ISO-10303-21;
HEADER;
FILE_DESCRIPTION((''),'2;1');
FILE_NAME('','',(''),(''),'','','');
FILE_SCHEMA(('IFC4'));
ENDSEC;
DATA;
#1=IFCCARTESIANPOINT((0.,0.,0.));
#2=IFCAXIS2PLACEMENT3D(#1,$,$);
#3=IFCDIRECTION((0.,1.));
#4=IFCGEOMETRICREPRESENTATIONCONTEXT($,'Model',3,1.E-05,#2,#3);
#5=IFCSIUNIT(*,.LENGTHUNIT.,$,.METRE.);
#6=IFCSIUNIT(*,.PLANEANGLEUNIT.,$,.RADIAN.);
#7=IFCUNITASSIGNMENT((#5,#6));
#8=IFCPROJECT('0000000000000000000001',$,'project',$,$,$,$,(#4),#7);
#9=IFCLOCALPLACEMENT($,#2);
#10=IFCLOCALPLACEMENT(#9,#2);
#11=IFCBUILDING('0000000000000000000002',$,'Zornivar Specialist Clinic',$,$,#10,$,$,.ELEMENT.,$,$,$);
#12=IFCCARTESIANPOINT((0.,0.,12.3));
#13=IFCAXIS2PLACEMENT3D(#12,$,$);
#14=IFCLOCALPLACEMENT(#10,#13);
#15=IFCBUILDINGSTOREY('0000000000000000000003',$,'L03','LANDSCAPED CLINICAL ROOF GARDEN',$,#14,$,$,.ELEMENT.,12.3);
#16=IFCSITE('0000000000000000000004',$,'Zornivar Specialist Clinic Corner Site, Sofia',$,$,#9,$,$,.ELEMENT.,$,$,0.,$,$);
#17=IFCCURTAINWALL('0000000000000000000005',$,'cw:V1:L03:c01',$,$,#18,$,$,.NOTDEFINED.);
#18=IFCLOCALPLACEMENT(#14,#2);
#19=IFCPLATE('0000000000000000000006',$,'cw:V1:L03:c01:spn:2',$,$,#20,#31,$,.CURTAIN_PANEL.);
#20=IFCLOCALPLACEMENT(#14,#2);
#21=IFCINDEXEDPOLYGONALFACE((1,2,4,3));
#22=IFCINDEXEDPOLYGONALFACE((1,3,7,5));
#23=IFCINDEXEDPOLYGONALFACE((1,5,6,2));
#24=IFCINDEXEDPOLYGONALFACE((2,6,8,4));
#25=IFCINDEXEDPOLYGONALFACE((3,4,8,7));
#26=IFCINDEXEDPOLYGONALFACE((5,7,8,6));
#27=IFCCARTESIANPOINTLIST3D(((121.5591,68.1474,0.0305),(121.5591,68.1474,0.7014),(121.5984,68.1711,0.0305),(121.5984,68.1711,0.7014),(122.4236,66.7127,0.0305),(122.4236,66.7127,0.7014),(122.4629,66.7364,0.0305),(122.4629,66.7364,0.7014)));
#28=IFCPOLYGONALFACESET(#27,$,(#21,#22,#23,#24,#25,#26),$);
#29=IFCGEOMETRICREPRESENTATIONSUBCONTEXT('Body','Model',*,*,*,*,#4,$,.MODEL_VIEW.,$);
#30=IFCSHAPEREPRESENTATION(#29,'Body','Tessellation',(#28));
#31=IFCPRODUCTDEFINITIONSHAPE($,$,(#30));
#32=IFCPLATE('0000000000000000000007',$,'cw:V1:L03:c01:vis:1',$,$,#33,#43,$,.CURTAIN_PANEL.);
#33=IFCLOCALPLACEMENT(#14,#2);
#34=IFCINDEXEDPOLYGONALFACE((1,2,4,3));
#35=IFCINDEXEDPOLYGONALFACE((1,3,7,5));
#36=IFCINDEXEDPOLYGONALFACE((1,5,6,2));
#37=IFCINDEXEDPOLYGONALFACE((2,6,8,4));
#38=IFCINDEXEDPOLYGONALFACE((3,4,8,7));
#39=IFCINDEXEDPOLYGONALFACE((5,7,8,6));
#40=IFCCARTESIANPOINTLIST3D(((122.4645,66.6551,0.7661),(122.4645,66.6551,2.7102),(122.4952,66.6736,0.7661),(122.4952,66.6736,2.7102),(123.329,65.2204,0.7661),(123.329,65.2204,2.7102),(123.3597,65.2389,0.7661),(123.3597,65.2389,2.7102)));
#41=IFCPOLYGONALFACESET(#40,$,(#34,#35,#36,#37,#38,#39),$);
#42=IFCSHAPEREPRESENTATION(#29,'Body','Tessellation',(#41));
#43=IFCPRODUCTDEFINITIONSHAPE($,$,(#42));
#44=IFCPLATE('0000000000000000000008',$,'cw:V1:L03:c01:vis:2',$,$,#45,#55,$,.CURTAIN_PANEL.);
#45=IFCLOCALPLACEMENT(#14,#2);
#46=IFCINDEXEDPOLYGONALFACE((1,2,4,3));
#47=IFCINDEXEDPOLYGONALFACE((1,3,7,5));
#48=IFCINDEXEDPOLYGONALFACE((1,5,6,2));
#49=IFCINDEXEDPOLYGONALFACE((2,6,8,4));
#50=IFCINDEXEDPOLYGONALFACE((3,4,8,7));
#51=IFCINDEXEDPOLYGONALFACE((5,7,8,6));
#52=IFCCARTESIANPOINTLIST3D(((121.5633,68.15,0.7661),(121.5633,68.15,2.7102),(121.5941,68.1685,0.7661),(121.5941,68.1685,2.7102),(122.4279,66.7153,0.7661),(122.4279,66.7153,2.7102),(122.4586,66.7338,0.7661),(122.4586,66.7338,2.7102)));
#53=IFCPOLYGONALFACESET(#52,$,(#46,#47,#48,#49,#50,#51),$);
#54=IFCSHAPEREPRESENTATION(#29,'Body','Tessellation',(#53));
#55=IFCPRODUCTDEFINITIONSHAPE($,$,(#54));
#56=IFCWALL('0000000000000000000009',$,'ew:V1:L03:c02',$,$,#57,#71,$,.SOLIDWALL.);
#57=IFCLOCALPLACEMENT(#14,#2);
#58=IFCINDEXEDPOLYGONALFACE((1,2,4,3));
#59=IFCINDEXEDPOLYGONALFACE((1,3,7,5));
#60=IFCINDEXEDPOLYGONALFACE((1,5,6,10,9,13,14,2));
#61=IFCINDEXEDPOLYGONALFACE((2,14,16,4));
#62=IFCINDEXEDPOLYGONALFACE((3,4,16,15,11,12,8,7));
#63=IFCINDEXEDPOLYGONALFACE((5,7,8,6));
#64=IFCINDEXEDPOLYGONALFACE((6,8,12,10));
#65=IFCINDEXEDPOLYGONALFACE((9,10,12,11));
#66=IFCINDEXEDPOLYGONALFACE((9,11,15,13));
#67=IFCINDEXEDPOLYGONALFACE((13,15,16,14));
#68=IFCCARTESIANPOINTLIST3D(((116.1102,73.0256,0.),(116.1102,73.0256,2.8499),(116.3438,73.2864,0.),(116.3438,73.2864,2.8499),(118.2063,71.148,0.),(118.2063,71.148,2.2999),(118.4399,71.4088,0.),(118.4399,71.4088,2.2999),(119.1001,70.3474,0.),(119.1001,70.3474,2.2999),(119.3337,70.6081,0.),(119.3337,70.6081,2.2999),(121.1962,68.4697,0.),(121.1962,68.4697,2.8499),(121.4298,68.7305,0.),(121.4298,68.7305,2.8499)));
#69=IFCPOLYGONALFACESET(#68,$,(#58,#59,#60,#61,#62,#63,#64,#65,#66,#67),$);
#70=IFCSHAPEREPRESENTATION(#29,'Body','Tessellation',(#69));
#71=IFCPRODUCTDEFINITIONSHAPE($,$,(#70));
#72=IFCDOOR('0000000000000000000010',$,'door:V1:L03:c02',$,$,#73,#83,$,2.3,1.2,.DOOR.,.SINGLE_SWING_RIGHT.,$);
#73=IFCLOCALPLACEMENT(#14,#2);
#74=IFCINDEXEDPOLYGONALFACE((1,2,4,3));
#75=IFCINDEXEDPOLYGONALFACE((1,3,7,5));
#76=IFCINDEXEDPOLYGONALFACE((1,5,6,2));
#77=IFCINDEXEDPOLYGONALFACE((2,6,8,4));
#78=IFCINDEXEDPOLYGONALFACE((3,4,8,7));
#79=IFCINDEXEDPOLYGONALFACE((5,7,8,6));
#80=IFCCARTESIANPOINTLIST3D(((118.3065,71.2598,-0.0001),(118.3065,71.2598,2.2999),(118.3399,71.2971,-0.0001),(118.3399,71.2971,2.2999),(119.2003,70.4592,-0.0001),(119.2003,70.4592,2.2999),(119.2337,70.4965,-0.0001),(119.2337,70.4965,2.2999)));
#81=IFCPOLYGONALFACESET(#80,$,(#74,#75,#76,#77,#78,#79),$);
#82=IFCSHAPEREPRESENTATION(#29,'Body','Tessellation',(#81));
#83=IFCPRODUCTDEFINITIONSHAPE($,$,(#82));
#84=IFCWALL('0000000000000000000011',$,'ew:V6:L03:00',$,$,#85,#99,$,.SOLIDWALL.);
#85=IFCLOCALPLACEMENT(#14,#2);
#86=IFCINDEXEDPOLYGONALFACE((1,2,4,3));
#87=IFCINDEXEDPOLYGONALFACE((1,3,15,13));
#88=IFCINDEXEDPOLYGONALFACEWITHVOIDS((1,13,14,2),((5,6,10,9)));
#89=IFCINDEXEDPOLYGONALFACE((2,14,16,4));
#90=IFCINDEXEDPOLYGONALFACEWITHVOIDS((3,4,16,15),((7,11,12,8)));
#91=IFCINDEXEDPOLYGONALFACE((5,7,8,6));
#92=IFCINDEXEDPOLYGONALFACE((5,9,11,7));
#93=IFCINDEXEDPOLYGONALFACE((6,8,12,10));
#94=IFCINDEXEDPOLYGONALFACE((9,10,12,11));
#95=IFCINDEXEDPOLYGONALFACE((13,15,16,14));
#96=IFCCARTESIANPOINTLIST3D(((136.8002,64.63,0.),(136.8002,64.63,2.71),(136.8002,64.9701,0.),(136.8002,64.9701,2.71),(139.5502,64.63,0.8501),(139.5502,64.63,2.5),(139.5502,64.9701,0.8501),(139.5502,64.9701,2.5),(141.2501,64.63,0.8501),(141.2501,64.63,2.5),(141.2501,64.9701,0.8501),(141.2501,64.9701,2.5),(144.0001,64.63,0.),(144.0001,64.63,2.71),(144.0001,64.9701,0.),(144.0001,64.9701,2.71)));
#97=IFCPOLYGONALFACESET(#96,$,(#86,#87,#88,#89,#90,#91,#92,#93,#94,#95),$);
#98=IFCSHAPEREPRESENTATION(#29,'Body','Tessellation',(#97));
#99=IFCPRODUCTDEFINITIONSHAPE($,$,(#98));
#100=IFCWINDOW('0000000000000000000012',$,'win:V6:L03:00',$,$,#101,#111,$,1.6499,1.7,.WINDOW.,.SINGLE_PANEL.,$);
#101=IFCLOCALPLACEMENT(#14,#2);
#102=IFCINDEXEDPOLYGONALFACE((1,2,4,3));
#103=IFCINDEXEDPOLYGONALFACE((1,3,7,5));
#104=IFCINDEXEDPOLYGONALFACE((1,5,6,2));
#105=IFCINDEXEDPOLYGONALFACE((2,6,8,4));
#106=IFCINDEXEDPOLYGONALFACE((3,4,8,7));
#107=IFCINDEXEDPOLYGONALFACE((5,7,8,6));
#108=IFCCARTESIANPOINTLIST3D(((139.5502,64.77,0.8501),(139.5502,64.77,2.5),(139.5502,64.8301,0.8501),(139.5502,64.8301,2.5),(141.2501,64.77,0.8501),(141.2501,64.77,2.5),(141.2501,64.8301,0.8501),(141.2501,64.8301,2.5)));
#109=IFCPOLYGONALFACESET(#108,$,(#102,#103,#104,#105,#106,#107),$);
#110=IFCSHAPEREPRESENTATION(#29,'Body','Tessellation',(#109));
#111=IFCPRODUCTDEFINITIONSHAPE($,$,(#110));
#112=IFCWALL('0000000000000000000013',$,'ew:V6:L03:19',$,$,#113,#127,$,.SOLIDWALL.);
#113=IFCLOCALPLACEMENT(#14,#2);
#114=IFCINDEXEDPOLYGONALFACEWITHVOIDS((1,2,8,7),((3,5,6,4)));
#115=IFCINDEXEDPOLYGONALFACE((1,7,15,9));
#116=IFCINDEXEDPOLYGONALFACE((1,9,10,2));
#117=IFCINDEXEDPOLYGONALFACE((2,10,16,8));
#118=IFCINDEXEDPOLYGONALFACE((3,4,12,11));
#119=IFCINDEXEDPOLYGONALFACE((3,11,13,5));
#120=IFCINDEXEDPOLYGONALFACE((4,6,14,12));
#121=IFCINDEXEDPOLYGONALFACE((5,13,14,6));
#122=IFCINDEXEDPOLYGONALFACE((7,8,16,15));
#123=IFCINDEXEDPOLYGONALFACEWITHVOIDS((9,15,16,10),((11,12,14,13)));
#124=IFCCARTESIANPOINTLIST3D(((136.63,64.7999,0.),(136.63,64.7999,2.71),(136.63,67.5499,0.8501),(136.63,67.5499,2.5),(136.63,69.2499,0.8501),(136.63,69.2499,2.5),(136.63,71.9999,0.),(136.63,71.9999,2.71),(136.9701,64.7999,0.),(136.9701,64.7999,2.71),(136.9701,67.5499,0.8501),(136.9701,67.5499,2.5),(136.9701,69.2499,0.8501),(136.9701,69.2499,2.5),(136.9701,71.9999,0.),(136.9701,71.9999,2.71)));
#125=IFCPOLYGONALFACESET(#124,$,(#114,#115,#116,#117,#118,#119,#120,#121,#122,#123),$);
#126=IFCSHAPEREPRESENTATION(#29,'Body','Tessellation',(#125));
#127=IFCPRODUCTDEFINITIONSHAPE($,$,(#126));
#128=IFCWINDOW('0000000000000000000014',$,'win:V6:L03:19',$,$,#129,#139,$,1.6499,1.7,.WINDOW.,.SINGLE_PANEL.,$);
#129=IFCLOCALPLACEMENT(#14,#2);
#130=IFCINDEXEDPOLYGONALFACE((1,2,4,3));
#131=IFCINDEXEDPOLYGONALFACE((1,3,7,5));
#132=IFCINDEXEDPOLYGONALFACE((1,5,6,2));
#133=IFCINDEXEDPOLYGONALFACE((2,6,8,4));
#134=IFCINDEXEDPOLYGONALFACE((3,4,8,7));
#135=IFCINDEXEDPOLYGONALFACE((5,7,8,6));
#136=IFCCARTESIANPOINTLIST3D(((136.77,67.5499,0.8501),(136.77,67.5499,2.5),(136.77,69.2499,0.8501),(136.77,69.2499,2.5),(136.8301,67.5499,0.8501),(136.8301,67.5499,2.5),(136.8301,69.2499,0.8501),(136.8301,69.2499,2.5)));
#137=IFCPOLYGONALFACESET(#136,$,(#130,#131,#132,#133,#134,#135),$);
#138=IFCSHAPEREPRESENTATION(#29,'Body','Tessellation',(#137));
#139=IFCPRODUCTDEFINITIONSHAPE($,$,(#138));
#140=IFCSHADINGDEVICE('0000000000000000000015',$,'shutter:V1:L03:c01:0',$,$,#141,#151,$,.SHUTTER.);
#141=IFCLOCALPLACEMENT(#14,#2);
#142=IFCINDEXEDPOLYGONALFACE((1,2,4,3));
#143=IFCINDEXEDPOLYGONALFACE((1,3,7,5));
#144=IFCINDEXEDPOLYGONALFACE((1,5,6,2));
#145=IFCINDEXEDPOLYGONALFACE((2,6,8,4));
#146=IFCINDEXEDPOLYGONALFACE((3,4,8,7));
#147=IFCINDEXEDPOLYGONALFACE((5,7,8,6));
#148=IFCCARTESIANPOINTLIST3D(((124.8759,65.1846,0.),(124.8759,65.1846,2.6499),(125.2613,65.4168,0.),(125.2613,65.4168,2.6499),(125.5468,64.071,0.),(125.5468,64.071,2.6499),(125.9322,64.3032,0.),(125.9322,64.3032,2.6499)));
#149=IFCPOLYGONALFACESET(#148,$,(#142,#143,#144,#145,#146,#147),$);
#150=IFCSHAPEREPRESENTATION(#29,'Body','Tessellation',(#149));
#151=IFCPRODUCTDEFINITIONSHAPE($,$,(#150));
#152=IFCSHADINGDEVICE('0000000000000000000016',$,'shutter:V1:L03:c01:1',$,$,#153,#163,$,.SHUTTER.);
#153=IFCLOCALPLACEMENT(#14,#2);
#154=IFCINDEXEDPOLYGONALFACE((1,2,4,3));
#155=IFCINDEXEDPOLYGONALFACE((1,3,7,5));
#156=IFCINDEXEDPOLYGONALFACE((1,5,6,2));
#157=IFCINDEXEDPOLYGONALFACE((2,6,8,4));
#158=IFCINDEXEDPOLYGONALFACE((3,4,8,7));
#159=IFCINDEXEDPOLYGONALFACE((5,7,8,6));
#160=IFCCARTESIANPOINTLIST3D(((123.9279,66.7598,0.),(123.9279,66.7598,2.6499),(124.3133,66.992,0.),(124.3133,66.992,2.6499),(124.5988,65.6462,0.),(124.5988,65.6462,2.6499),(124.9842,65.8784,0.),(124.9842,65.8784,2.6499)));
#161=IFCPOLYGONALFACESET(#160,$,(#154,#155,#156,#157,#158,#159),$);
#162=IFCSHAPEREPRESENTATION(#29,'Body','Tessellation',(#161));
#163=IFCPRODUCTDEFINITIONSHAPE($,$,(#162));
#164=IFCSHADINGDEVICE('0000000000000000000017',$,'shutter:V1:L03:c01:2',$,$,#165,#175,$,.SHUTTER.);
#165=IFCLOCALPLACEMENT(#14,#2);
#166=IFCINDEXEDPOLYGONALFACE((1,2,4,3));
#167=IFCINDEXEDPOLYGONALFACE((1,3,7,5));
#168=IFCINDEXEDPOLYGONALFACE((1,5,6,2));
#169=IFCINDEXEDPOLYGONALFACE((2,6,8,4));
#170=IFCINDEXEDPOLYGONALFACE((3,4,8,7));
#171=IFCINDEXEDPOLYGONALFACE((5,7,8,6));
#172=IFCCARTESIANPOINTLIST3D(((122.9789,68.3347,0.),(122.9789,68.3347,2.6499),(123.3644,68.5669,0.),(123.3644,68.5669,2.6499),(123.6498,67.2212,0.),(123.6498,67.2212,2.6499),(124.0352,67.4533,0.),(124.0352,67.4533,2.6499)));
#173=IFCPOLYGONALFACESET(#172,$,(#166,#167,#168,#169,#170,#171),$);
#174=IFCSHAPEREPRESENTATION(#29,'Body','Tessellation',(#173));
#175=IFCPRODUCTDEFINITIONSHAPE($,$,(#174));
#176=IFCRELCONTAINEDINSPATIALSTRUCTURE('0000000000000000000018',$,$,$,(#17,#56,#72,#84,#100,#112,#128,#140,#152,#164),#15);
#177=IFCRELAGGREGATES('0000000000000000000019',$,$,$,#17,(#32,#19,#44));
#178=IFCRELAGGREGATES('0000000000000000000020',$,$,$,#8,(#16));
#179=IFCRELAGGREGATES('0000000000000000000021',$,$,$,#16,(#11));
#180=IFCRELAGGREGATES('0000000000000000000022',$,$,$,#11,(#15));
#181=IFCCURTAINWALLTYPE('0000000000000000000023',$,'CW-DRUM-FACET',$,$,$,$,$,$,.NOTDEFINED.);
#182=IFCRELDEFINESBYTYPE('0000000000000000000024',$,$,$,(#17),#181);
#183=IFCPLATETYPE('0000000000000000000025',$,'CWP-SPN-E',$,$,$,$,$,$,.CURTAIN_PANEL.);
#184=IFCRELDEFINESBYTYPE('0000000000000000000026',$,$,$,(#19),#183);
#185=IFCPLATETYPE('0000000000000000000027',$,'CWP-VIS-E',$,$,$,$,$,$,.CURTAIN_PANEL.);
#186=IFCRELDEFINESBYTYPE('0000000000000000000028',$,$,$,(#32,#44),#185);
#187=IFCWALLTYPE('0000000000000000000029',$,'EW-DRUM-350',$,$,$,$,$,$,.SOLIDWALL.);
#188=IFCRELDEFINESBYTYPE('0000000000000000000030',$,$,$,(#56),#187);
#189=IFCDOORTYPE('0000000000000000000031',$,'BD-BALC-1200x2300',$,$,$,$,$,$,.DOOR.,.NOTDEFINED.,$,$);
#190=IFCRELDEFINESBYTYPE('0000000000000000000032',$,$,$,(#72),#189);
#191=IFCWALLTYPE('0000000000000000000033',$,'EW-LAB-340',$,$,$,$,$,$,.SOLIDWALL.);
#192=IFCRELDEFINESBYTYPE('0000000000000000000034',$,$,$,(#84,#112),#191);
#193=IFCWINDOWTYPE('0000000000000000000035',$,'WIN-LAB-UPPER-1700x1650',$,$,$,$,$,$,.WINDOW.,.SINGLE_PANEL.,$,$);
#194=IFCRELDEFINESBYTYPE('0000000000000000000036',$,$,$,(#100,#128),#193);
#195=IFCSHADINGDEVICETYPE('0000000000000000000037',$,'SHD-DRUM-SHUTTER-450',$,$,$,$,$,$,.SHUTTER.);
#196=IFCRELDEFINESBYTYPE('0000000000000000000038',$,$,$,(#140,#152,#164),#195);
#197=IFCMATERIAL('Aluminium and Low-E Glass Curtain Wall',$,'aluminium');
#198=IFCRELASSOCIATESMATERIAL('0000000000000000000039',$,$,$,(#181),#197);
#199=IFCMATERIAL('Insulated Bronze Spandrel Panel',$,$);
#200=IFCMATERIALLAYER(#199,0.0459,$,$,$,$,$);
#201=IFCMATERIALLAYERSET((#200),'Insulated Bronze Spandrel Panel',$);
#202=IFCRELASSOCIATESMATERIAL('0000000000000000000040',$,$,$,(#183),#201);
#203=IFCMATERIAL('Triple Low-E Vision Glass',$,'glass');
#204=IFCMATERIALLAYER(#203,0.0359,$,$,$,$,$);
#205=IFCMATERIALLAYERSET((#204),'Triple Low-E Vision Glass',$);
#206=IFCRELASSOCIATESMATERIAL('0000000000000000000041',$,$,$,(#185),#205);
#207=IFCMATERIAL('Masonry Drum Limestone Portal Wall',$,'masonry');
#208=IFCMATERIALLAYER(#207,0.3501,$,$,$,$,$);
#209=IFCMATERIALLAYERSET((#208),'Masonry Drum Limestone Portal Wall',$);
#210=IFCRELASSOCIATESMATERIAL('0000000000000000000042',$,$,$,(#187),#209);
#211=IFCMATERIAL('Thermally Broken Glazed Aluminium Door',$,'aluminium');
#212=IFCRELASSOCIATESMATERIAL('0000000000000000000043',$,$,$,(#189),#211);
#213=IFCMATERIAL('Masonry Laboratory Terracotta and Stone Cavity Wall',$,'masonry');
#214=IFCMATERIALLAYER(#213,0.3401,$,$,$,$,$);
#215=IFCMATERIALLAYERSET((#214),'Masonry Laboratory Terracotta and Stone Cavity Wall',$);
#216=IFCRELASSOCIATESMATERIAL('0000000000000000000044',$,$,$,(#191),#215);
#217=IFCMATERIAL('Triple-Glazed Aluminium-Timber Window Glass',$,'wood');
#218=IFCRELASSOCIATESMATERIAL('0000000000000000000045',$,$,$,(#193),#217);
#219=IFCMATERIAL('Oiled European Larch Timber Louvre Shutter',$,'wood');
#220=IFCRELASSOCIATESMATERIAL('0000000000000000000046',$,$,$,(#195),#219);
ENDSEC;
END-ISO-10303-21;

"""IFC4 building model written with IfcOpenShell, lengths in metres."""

from ifc_helpers import new_model, si_unit, direction, frame, frame_2d, origin, origin_2d, place, context, subcontext, project, spatial, rectangle, extrude, material, layer, layer_set, type_object, element, fill, aggregate, save


model = new_model("IFC4")

# Units and contexts
model_context = context("Model", 3, precision=1e-05, world=origin(), true_north=direction((0.0, 1.0)))
body_context = subcontext(model_context, "Body", "Model", "MODEL_VIEW")
ifc_project = project(units=[si_unit("LENGTHUNIT", "METRE"), si_unit("PLANEANGLEUNIT", "RADIAN")], contexts=[model_context])

# Site, building, storey
site_placement = place(None, origin())
site = spatial("IfcSite", under=ifc_project, at=site_placement, Name="Zornivar Specialist Clinic Corner Site, Sofia", CompositionType="ELEMENT", RefElevation=0.0)
building_placement = place(site_placement, origin())
building = spatial("IfcBuilding", under=site, at=building_placement, Name="Zornivar Specialist Clinic", CompositionType="ELEMENT")
storey_placement = place(building_placement, frame((0.0, 0.0, 12.3)))
storey = spatial("IfcBuildingStorey", under=building, at=storey_placement, Name="L03", Description="LANDSCAPED CLINICAL ROOF GARDEN", CompositionType="ELEMENT", Elevation=12.3)

# Curtain wall, plates
ifc_material_1 = material(Name="Aluminium and Low-E Glass Curtain Wall", Category="aluminium")
curtain_wall_type = type_object("IfcCurtainWallType", Name="CW-DRUM-FACET", PredefinedType="NOTDEFINED", material=ifc_material_1)
curtain_wall_placement = place(storey_placement, origin())
curtain_wall = element("IfcCurtainWall", 1, at=curtain_wall_placement, inside=storey, type_object=curtain_wall_type, Name="cw:V1:L03:c01", PredefinedType="NOTDEFINED")
ifc_material_2 = material(Name="Insulated Bronze Spandrel Panel")
ifc_layer_1 = layer(ifc_material_2, 0.0459)
ifc_layer_set_1 = layer_set([ifc_layer_1], Name="Insulated Bronze Spandrel Panel")
plate_type_1 = type_object("IfcPlateType", Name="CWP-SPN-E", PredefinedType="CURTAIN_PANEL", material=ifc_layer_set_1)
plate_1_placement = place(storey_placement, frame((122.011, 67.4419, 0.0305), z_axis=(0.0, 0.0, 1.0), x_axis=(-0.516127, 0.856512, 0.0)))
plate_1 = element("IfcPlate", 2, at=plate_1_placement, type_object=plate_type_1, Name="cw:V1:L03:c01:spn:2", PredefinedType="CURTAIN_PANEL", context=body_context, shape_type="SweptSolid", body=[
    extrude(rectangle(XDim=1.675, YDim=0.0459, at=origin_2d()), origin(), (0.0, 0.0, 1.0), 0.6709),
])
ifc_material_3 = material(Name="Triple Low-E Vision Glass", Category="glass")
ifc_layer_2 = layer(ifc_material_3, 0.0359)
ifc_layer_set_2 = layer_set([ifc_layer_2], Name="Triple Low-E Vision Glass")
plate_type_2 = type_object("IfcPlateType", Name="CWP-VIS-E", PredefinedType="CURTAIN_PANEL", material=ifc_layer_set_2)
plate_2_placement = place(storey_placement, frame((122.9121, 65.947, 0.7661), z_axis=(0.0, 0.0, 1.0), x_axis=(-0.516127, 0.856512, 0.0)))
plate_2 = element("IfcPlate", 3, at=plate_2_placement, type_object=plate_type_2, Name="cw:V1:L03:c01:vis:1", PredefinedType="CURTAIN_PANEL", context=body_context, shape_type="SweptSolid", body=[
    extrude(rectangle(XDim=1.675, YDim=0.0359, at=origin_2d()), origin(), (0.0, 0.0, 1.0), 1.9441),
])
plate_3_placement = place(storey_placement, frame((122.011, 67.4419, 0.7661), z_axis=(0.0, 0.0, 1.0), x_axis=(-0.516127, 0.856512, 0.0)))
plate_3 = element("IfcPlate", 4, at=plate_3_placement, type_object=plate_type_2, Name="cw:V1:L03:c01:vis:2", PredefinedType="CURTAIN_PANEL", context=body_context, shape_type="SweptSolid", body=[
    extrude(rectangle(XDim=1.675, YDim=0.0359, at=origin_2d()), origin(), (0.0, 0.0, 1.0), 1.9441),
])
aggregate(curtain_wall, [plate_2, plate_1, plate_3])

# Wall, opening, door
ifc_material_4 = material(Name="Masonry Drum Limestone Portal Wall", Category="masonry")
ifc_layer_3 = layer(ifc_material_4, 0.3501)
ifc_layer_set_3 = layer_set([ifc_layer_3], Name="Masonry Drum Limestone Portal Wall")
wall_type_1 = type_object("IfcWallType", Name="EW-DRUM-350", PredefinedType="SOLIDWALL", material=ifc_layer_set_3)
wall_1_placement = place(storey_placement, frame((121.313, 68.6001, 0.0), z_axis=(0.0, 0.0, 1.0), x_axis=(-0.744853, 0.667228, 0.0)))
wall_1 = element("IfcWall", 5, at=wall_1_placement, inside=storey, type_object=wall_type_1, Name="ew:V1:L03:c02", PredefinedType="SOLIDWALL", context=body_context, shape_type="SweptSolid", body=[
    extrude(rectangle(XDim=6.8281, YDim=0.3501, at=frame_2d((3.4141, 0.0))), origin(), (0.0, 0.0, 1.0), 2.8499),
])
opening_1_placement = place(wall_1_placement, frame((2.814, 0.0, 0.0)))
opening_1 = element("IfcOpeningElement", 6, at=opening_1_placement, cuts=wall_1, PredefinedType="OPENING", context=body_context, shape_type="SweptSolid", body=[
    extrude(rectangle(XDim=1.2, YDim=2.3, at=frame_2d((0.6001, 1.1499))), frame((0.0, 0.1851, 0.0), z_axis=(0.0, -1.0, 0.0), x_axis=(1.0, 0.0, 0.0)), (0.0, 0.0, 1.0), 0.3701),
])
ifc_material_5 = material(Name="Thermally Broken Glazed Aluminium Door", Category="aluminium")
door_type = type_object("IfcDoorType", Name="BD-BALC-1200x2300", OperationType="NOTDEFINED", PredefinedType="DOOR", material=ifc_material_5)
door_placement = place(opening_1_placement, origin())
door = element("IfcDoor", 7, at=door_placement, inside=storey, type_object=door_type, Name="door:V1:L03:c02", OperationType="SINGLE_SWING_RIGHT", OverallHeight=2.3, OverallWidth=1.2, PredefinedType="DOOR", context=body_context, shape_type="SweptSolid", body=[
    extrude(rectangle(XDim=1.2, YDim=2.3, at=frame_2d((0.6001, 1.1499))), frame((0.0, 0.0249, 0.0), z_axis=(0.0, -1.0, 0.0), x_axis=(1.0, 0.0, 0.0)), (0.0, 0.0, 1.0), 0.05),
])
fill(opening_1, door)

# Walls, openings, windows
ifc_material_6 = material(Name="Masonry Laboratory Terracotta and Stone Cavity Wall", Category="masonry")
ifc_layer_4 = layer(ifc_material_6, 0.3401)
ifc_layer_set_4 = layer_set([ifc_layer_4], Name="Masonry Laboratory Terracotta and Stone Cavity Wall")
wall_type_2 = type_object("IfcWallType", Name="EW-LAB-340", PredefinedType="SOLIDWALL", material=ifc_layer_set_4)
wall_2_placement = place(storey_placement, frame((136.8, 64.8, 0.0), z_axis=(0.0, 0.0, 1.0), x_axis=(1.0, 0.0, 0.0)))
wall_2 = element("IfcWall", 8, at=wall_2_placement, inside=storey, type_object=wall_type_2, Name="ew:V6:L03:00", PredefinedType="SOLIDWALL", context=body_context, shape_type="SweptSolid", body=[
    extrude(rectangle(XDim=7.2, YDim=0.3401, at=frame_2d((3.6001, 0.0))), origin(), (0.0, 0.0, 1.0), 2.71),
])
opening_2_placement = place(wall_2_placement, frame((2.75, 0.0, 0.8501)))
opening_2 = element("IfcOpeningElement", 9, at=opening_2_placement, cuts=wall_2, PredefinedType="OPENING", context=body_context, shape_type="SweptSolid", body=[
    extrude(rectangle(XDim=1.7, YDim=1.6499, at=frame_2d((0.8501, 0.825))), frame((0.0, 0.1799, 0.0), z_axis=(0.0, -1.0, 0.0), x_axis=(1.0, 0.0, 0.0)), (0.0, 0.0, 1.0), 0.3601),
])
ifc_material_7 = material(Name="Triple-Glazed Aluminium-Timber Window Glass", Category="wood")
window_type = type_object("IfcWindowType", Name="WIN-LAB-UPPER-1700x1650", PartitioningType="SINGLE_PANEL", PredefinedType="WINDOW", material=ifc_material_7)
window_1_placement = place(opening_2_placement, origin())
window_1 = element("IfcWindow", 10, at=window_1_placement, inside=storey, type_object=window_type, Name="win:V6:L03:00", OverallHeight=1.6499, OverallWidth=1.7, PartitioningType="SINGLE_PANEL", PredefinedType="WINDOW", context=body_context, shape_type="SweptSolid", body=[
    extrude(rectangle(XDim=1.7, YDim=1.6499, at=frame_2d((0.8501, 0.825))), frame((0.0, 0.03, 0.0), z_axis=(0.0, -1.0, 0.0), x_axis=(1.0, 0.0, 0.0)), (0.0, 0.0, 1.0), 0.0601),
])
fill(opening_2, window_1)
wall_3_placement = place(storey_placement, frame((136.8, 72.0, 0.0), z_axis=(0.0, 0.0, 1.0), x_axis=(0.0, -1.0, 0.0)))
wall_3 = element("IfcWall", 11, at=wall_3_placement, inside=storey, type_object=wall_type_2, Name="ew:V6:L03:19", PredefinedType="SOLIDWALL", context=body_context, shape_type="SweptSolid", body=[
    extrude(rectangle(XDim=7.2, YDim=0.3401, at=frame_2d((3.6001, 0.0))), origin(), (0.0, 0.0, 1.0), 2.71),
])
opening_3_placement = place(wall_3_placement, frame((2.75, 0.0, 0.8501)))
opening_3 = element("IfcOpeningElement", 12, at=opening_3_placement, cuts=wall_3, PredefinedType="OPENING", context=body_context, shape_type="SweptSolid", body=[
    extrude(rectangle(XDim=1.7, YDim=1.6499, at=frame_2d((0.8501, 0.825))), frame((0.0, 0.1799, 0.0), z_axis=(0.0, -1.0, 0.0), x_axis=(1.0, 0.0, 0.0)), (0.0, 0.0, 1.0), 0.3601),
])
window_2_placement = place(opening_3_placement, origin())
window_2 = element("IfcWindow", 13, at=window_2_placement, inside=storey, type_object=window_type, Name="win:V6:L03:19", OverallHeight=1.6499, OverallWidth=1.7, PartitioningType="SINGLE_PANEL", PredefinedType="WINDOW", context=body_context, shape_type="SweptSolid", body=[
    extrude(rectangle(XDim=1.7, YDim=1.6499, at=frame_2d((0.8501, 0.825))), frame((0.0, 0.03, 0.0), z_axis=(0.0, -1.0, 0.0), x_axis=(1.0, 0.0, 0.0)), (0.0, 0.0, 1.0), 0.0601),
])
fill(opening_3, window_2)

# Shading devices
ifc_material_8 = material(Name="Oiled European Larch Timber Louvre Shutter", Category="wood")
shading_device_type = type_object("IfcShadingDeviceType", Name="SHD-DRUM-SHUTTER-450", PredefinedType="SHUTTER", material=ifc_material_8)
for number, where, z_axis, x_axis, name in (
    (14, (125.4041, 64.7439, 0.0), (0.0, 0.0, 1.0), (-0.516018, 0.856578, 0.0), "shutter:V1:L03:c01:0"),
    (15, (124.4561, 66.3191, 0.0), (0.0, 0.0, 1.0), (-0.516018, 0.856578, 0.0), "shutter:V1:L03:c01:1"),
    (16, (123.5071, 67.894, 0.0), (0.0, 0.0, 1.0), (-0.516018, 0.856578, 0.0), "shutter:V1:L03:c01:2"),
):
    element("IfcShadingDevice", number, at=place(storey_placement, frame(where, z_axis=z_axis, x_axis=x_axis)), inside=storey, type_object=shading_device_type, Name=name, PredefinedType="SHUTTER", context=body_context, shape_type="SweptSolid", body=[
        extrude(rectangle(XDim=1.3, YDim=0.45, at=origin_2d()), origin(), (0.0, 0.0, 1.0), 2.6499),
    ])

save(model, "model.ifc")
